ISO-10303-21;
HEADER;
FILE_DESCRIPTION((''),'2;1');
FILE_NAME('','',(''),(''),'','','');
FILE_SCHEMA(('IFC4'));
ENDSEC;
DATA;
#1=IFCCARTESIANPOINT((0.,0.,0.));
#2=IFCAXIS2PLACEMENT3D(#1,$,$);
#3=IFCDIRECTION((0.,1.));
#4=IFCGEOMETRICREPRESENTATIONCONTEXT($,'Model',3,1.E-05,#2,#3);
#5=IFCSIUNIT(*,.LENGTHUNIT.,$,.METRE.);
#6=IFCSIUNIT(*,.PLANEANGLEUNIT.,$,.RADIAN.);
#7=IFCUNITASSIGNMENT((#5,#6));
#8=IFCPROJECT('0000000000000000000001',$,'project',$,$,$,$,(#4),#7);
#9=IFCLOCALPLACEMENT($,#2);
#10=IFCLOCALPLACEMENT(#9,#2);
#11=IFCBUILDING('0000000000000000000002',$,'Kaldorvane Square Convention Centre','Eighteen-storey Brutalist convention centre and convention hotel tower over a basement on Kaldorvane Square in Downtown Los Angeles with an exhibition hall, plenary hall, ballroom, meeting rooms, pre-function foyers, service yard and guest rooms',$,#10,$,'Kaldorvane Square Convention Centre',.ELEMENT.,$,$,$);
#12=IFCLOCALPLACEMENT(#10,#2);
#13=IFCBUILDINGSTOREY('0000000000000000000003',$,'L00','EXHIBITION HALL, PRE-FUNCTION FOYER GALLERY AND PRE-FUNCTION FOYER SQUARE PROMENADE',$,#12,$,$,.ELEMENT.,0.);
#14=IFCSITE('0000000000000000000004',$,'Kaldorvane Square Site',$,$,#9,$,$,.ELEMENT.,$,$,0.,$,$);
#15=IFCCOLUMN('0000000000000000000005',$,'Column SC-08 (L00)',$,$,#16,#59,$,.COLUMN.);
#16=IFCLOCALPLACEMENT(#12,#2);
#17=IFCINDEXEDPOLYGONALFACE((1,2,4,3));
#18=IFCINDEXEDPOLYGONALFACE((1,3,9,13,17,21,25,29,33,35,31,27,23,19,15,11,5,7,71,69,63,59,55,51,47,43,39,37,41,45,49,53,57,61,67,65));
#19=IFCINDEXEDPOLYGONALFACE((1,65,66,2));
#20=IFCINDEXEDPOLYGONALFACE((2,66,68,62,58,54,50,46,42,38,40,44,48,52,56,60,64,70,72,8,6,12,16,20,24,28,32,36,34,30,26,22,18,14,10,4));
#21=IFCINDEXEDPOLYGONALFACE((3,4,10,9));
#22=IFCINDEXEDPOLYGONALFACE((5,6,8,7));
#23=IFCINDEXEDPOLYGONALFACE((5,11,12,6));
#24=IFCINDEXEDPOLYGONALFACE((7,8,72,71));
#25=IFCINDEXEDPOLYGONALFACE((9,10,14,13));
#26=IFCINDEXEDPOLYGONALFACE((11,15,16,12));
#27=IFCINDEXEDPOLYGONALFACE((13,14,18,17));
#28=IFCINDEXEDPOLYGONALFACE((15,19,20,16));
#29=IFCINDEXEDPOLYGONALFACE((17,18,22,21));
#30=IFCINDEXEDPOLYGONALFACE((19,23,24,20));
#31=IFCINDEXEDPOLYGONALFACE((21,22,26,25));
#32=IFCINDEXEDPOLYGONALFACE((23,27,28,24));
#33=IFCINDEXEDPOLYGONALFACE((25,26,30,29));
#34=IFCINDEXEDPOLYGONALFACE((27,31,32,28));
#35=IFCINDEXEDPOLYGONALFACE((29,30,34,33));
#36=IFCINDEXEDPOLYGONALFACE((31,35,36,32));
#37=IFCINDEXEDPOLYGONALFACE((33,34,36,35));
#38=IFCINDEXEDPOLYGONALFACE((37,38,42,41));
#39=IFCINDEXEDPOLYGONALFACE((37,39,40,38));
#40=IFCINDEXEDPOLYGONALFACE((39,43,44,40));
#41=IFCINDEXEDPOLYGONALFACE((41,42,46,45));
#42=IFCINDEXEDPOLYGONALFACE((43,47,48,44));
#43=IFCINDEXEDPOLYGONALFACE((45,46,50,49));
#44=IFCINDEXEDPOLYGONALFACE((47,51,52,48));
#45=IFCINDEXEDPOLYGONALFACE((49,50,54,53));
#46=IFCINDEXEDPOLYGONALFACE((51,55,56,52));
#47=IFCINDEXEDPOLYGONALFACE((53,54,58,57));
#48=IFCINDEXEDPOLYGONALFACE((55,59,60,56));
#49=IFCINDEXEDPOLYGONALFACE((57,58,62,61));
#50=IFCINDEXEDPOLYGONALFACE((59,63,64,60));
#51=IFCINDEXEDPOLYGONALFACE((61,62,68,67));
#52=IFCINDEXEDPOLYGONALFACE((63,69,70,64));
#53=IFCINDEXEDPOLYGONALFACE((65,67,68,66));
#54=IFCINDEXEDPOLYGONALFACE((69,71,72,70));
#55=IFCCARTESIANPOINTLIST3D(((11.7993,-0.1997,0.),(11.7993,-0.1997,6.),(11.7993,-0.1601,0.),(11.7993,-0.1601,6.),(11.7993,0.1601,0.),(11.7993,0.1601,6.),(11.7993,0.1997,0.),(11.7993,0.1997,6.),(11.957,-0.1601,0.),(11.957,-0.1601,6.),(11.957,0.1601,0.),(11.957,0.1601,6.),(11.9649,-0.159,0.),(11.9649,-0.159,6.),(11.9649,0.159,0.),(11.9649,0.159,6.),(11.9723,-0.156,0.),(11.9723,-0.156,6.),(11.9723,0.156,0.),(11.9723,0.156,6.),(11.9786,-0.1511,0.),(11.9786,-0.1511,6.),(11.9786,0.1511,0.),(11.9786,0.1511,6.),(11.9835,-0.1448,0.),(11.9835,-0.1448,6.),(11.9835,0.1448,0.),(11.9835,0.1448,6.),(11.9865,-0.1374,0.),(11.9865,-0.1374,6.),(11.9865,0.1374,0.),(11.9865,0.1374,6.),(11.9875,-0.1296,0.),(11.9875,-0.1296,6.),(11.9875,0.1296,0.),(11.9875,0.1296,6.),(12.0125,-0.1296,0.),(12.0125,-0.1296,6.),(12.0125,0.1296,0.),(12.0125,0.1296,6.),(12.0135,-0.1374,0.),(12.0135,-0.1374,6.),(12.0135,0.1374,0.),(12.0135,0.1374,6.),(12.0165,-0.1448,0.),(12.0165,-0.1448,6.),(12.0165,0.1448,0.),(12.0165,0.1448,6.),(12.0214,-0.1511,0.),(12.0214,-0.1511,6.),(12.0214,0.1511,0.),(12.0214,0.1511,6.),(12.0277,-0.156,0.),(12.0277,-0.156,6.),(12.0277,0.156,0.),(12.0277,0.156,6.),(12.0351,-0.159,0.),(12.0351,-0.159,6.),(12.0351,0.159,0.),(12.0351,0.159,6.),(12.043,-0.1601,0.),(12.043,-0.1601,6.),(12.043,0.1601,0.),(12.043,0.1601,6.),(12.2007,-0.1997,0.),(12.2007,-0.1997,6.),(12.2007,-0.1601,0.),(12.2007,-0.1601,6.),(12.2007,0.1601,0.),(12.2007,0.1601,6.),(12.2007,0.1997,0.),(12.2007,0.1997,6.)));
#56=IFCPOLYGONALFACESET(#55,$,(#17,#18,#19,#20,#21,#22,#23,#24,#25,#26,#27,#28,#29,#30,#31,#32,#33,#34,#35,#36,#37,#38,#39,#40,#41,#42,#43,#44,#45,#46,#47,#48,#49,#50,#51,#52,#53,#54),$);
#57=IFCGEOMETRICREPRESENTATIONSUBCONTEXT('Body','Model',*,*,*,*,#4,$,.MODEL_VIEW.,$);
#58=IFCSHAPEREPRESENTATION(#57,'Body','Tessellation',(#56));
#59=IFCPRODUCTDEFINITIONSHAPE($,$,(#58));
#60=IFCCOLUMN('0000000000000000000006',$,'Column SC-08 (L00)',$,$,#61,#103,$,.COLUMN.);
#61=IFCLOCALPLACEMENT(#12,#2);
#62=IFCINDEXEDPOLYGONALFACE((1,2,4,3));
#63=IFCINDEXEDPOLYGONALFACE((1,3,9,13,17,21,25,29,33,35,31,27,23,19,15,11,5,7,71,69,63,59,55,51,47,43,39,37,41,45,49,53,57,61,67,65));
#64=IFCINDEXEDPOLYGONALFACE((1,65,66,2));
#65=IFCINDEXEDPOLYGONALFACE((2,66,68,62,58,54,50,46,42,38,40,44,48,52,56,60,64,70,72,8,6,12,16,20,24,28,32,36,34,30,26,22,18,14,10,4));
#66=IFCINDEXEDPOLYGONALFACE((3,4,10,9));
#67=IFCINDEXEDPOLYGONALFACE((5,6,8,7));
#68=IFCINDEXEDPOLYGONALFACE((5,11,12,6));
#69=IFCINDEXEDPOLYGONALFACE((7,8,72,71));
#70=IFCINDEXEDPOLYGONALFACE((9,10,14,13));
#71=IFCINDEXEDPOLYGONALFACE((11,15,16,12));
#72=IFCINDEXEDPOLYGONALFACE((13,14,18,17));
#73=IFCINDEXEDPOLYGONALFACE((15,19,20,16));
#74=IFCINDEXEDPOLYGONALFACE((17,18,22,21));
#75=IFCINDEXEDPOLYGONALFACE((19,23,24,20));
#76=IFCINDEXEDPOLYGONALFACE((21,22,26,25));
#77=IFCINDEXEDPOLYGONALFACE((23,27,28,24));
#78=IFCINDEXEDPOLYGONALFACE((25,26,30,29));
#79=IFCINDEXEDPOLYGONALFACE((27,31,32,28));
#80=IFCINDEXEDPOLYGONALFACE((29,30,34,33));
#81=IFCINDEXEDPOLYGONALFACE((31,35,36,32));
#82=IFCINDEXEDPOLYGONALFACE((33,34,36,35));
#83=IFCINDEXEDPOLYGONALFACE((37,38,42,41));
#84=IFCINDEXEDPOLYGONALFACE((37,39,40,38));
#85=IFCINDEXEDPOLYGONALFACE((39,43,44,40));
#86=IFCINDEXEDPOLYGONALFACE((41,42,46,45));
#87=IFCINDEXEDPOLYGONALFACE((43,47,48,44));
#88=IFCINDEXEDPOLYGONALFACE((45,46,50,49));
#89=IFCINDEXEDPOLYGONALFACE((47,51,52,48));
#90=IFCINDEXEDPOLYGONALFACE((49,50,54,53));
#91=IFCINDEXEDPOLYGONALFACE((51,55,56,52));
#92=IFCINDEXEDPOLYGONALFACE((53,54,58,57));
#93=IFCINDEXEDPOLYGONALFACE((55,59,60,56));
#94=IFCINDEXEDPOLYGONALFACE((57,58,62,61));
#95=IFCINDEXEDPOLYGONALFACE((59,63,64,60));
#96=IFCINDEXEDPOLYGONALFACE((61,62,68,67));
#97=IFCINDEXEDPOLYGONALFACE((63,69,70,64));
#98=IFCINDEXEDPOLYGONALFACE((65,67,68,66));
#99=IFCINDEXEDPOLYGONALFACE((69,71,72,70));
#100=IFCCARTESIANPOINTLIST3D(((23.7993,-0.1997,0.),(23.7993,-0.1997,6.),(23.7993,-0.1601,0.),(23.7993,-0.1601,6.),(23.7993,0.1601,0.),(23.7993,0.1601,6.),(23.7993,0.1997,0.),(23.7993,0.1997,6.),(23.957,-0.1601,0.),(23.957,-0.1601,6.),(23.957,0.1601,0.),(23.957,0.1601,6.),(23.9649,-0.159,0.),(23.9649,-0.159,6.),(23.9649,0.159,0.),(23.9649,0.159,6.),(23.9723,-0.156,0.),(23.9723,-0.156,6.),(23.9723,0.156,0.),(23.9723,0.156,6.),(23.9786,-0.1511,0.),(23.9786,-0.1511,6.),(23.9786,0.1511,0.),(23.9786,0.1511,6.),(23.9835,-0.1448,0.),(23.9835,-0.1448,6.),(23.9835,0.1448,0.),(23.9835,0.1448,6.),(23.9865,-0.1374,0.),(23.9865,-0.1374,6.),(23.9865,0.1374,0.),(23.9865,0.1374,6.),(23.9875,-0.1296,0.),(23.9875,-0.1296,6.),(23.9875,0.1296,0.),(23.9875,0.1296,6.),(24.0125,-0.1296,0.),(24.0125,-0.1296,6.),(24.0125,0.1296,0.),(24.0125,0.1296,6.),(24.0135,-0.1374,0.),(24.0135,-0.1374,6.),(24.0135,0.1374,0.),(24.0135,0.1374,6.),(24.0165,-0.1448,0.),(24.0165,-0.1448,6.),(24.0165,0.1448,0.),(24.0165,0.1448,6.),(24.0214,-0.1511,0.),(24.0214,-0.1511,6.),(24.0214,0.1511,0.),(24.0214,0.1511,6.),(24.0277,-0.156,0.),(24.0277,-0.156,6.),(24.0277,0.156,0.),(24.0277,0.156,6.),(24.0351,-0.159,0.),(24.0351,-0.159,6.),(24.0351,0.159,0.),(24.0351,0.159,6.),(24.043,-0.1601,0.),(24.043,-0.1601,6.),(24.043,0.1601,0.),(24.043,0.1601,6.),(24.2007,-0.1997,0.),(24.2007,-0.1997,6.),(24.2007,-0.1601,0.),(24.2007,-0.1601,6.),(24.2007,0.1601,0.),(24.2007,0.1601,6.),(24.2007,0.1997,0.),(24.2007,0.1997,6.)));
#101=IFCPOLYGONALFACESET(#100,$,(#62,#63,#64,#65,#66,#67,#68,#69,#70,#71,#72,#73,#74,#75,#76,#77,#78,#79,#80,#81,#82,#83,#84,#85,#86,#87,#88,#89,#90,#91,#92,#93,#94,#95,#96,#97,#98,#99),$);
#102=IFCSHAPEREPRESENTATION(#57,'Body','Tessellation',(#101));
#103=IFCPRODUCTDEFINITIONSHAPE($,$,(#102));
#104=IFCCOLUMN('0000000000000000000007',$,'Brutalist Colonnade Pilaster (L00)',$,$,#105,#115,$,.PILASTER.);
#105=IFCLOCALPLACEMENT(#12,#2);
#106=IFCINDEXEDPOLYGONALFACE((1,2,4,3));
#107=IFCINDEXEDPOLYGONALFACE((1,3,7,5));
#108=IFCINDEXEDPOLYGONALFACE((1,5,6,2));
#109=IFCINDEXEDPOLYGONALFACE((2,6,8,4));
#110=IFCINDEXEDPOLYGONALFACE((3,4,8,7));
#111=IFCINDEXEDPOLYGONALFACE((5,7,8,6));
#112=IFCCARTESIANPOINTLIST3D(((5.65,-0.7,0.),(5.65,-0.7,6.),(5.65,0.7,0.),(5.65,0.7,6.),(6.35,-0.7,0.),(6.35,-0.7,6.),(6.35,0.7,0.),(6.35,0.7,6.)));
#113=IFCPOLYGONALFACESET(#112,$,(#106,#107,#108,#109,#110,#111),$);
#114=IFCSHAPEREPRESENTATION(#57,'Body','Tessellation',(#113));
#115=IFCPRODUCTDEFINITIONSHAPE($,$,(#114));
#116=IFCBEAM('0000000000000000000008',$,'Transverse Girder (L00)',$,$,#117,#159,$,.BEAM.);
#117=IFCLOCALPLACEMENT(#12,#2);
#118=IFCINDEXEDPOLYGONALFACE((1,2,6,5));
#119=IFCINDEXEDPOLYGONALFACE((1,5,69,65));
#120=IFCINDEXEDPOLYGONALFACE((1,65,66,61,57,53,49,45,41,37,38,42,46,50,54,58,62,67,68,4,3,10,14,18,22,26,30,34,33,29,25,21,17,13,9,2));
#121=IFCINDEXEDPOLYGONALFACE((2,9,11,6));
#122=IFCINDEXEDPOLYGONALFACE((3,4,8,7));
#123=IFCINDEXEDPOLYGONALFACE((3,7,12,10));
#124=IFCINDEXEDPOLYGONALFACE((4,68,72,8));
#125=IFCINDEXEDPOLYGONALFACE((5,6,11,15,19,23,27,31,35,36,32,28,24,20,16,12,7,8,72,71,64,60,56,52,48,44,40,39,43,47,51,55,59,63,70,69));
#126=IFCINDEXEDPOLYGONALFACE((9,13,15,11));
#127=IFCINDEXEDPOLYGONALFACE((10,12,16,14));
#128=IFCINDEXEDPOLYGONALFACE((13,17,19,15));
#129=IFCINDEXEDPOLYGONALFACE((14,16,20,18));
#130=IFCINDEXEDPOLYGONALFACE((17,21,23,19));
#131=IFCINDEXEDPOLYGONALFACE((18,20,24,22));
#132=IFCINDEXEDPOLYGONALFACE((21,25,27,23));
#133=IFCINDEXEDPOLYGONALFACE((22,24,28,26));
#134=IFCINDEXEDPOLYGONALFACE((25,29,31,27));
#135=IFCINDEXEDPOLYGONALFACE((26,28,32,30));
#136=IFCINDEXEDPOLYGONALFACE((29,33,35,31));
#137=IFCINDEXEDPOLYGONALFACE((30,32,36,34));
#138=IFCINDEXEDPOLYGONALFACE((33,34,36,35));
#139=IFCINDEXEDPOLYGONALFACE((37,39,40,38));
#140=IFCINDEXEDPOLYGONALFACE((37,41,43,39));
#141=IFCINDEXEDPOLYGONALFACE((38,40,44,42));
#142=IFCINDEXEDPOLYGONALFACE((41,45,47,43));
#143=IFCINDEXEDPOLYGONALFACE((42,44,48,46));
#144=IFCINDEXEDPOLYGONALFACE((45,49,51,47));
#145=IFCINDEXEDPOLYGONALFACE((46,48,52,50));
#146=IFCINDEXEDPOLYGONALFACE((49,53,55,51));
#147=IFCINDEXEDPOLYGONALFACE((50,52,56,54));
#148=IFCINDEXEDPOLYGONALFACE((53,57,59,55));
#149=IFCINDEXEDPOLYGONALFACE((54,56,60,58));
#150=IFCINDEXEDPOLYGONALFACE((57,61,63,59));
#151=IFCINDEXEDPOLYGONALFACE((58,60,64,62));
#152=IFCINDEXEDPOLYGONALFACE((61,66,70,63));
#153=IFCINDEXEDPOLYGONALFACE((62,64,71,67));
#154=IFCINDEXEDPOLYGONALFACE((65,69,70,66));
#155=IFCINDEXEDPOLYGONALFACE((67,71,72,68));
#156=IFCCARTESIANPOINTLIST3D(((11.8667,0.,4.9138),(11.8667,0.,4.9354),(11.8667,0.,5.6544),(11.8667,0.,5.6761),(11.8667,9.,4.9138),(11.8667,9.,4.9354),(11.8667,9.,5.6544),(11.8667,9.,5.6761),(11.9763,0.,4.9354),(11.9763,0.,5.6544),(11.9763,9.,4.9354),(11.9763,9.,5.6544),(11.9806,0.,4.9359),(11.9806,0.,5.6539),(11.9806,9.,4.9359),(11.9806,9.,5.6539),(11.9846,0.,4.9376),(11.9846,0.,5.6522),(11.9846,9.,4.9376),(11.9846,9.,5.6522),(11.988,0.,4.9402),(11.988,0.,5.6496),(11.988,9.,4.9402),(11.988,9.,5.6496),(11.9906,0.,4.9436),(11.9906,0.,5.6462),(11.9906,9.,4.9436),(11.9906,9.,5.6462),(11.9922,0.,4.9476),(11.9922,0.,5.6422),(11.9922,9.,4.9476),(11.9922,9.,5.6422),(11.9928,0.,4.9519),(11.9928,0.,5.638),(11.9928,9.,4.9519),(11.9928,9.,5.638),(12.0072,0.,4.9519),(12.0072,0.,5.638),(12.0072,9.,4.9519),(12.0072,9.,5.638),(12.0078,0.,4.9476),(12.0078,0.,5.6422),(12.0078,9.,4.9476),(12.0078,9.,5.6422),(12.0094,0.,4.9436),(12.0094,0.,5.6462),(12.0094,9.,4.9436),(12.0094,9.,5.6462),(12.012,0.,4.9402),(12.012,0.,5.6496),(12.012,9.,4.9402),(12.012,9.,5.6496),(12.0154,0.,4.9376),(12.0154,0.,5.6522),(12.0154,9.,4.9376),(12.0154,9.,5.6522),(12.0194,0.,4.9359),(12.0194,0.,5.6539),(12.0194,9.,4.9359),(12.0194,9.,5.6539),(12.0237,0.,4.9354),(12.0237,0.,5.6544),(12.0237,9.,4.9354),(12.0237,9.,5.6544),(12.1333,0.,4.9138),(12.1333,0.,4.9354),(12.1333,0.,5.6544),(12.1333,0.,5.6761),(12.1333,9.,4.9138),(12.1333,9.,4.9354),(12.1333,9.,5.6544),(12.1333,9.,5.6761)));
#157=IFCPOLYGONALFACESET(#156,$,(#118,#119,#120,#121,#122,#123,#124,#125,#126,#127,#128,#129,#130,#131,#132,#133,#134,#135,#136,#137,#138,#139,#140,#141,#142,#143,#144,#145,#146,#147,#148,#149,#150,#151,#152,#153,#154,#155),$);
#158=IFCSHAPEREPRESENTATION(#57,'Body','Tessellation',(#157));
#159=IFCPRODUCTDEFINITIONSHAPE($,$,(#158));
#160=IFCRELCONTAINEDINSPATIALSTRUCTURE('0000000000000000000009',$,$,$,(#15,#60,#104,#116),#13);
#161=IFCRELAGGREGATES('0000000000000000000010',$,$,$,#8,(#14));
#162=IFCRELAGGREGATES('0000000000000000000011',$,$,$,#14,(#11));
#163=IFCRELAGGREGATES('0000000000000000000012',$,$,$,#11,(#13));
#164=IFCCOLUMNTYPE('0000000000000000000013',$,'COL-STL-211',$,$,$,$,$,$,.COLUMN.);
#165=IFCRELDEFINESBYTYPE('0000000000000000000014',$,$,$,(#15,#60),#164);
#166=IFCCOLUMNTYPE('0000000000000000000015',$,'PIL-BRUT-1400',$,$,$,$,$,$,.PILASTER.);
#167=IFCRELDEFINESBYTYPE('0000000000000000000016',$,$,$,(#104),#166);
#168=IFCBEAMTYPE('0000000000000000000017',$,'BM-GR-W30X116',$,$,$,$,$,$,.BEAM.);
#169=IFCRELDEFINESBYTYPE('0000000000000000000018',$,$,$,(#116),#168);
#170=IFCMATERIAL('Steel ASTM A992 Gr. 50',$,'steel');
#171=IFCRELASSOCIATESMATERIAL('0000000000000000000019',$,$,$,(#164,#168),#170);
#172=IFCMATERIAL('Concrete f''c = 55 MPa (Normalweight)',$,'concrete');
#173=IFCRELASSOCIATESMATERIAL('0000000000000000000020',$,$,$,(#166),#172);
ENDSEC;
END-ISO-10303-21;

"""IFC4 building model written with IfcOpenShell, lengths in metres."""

from ifc_helpers import new_model, si_unit, direction, frame, origin, origin_2d, place, context, subcontext, project, spatial, rectangle, i_section, extrude, material, material_profile, profile_set, type_object, element, save


model = new_model("IFC4")

# Units and contexts
model_context = context("Model", 3, precision=1e-05, world=origin(), true_north=direction((0.0, 1.0)))
body_context = subcontext(model_context, "Body", "Model", "MODEL_VIEW")
ifc_project = project(units=[si_unit("LENGTHUNIT", "METRE"), si_unit("PLANEANGLEUNIT", "RADIAN")], contexts=[model_context])

# Site, building, storey
site_placement = place(None, origin())
site = spatial("IfcSite", under=ifc_project, at=site_placement, Name="Kaldorvane Square Site", CompositionType="ELEMENT", RefElevation=0.0)
building_placement = place(site_placement, origin())
building = spatial("IfcBuilding", under=site, at=building_placement, Name="Kaldorvane Square Convention Centre", Description="Eighteen-storey Brutalist convention centre and convention hotel tower over a basement on Kaldorvane Square in Downtown Los Angeles with an exhibition hall, plenary hall, ballroom, meeting rooms, pre-function foyers, service yard and guest rooms", LongName="Kaldorvane Square Convention Centre", CompositionType="ELEMENT")
storey_placement = place(building_placement, origin())
storey = spatial("IfcBuildingStorey", under=building, at=storey_placement, Name="L00", Description="EXHIBITION HALL, PRE-FUNCTION FOYER GALLERY AND PRE-FUNCTION FOYER SQUARE PROMENADE", CompositionType="ELEMENT", Elevation=0.0)

# Columns
ifc_material_1 = material(Name="Steel ASTM A992 Gr. 50", Category="steel")
ifc_material_profile_1 = material_profile(ifc_material_1, i_section(OverallWidth=0.4013, OverallDepth=0.3993, WebThickness=0.0249, FlangeThickness=0.0396, FilletRadius=0.0305, at=origin_2d()), Name="W14X211")
ifc_profile_set_1 = profile_set([ifc_material_profile_1], Name="Steel ASTM A992 Gr. 50")
column_type_1 = type_object("IfcColumnType", Name="COL-STL-211", PredefinedType="COLUMN", material=ifc_profile_set_1)
for number, where, z_axis, x_axis, name in (
    (1, (12.0, 0.0, 0.0), (0.0, 0.0, 1.0), (1.0, 0.0, 0.0), "Column SC-08 (L00)"),
    (2, (24.0, 0.0, 0.0), (0.0, 0.0, 1.0), (1.0, 0.0, 0.0), "Column SC-08 (L00)"),
):
    element("IfcColumn", number, at=place(storey_placement, frame(where, z_axis=z_axis, x_axis=x_axis)), inside=storey, type_object=column_type_1, Name=name, PredefinedType="COLUMN", context=body_context, shape_type="SweptSolid", body=[
        extrude(i_section(OverallWidth=0.4013, OverallDepth=0.3993, WebThickness=0.0249, FlangeThickness=0.0396, FilletRadius=0.0305, at=origin_2d()), origin(), (0.0, 0.0, 1.0), 6.0),
    ])
ifc_material_2 = material(Name="Concrete f'c = 55 MPa (Normalweight)", Category="concrete")
ifc_material_profile_2 = material_profile(ifc_material_2, rectangle(XDim=0.7, YDim=1.4, at=origin_2d()), Name="PIL1400X700")
ifc_profile_set_2 = profile_set([ifc_material_profile_2], Name="Concrete f'c = 55 MPa (Normalweight)")
column_type_2 = type_object("IfcColumnType", Name="PIL-BRUT-1400", PredefinedType="PILASTER", material=ifc_profile_set_2)
column_placement = place(storey_placement, frame((6.0, 0.0, 0.0), z_axis=(0.0, 0.0, 1.0), x_axis=(1.0, 0.0, 0.0)))
element("IfcColumn", 3, at=column_placement, inside=storey, type_object=column_type_2, Name="Brutalist Colonnade Pilaster (L00)", PredefinedType="PILASTER", context=body_context, shape_type="SweptSolid", body=[
    extrude(rectangle(XDim=0.7, YDim=1.4, at=origin_2d()), origin(), (0.0, 0.0, 1.0), 6.0),
])

# Beam
ifc_material_profile_3 = material_profile(ifc_material_1, i_section(OverallWidth=0.2666, OverallDepth=0.7623, WebThickness=0.0144, FlangeThickness=0.0216, FilletRadius=0.0165, at=origin_2d()), Name="W30X116")
ifc_profile_set_3 = profile_set([ifc_material_profile_3], Name="Steel ASTM A992 Gr. 50")
beam_type_1 = type_object("IfcBeamType", Name="BM-GR-W30X116", PredefinedType="BEAM", material=ifc_profile_set_3)
for number, where, z_axis, x_axis, name in (
    (4, (12.0, 0.0, 5.2949), (0.0, 1.0, 0.0), (-1.0, 0.0, 0.0), "Transverse Girder (L00)"),
):
    element("IfcBeam", number, at=place(storey_placement, frame(where, z_axis=z_axis, x_axis=x_axis)), inside=storey, type_object=beam_type_1, Name=name, PredefinedType="BEAM", context=body_context, shape_type="SweptSolid", body=[
        extrude(i_section(OverallWidth=0.2666, OverallDepth=0.7623, WebThickness=0.0144, FlangeThickness=0.0216, FilletRadius=0.0165, at=origin_2d()), origin(), (0.0, 0.0, 1.0), 9.0),
    ])

save(model, "model.ifc")
